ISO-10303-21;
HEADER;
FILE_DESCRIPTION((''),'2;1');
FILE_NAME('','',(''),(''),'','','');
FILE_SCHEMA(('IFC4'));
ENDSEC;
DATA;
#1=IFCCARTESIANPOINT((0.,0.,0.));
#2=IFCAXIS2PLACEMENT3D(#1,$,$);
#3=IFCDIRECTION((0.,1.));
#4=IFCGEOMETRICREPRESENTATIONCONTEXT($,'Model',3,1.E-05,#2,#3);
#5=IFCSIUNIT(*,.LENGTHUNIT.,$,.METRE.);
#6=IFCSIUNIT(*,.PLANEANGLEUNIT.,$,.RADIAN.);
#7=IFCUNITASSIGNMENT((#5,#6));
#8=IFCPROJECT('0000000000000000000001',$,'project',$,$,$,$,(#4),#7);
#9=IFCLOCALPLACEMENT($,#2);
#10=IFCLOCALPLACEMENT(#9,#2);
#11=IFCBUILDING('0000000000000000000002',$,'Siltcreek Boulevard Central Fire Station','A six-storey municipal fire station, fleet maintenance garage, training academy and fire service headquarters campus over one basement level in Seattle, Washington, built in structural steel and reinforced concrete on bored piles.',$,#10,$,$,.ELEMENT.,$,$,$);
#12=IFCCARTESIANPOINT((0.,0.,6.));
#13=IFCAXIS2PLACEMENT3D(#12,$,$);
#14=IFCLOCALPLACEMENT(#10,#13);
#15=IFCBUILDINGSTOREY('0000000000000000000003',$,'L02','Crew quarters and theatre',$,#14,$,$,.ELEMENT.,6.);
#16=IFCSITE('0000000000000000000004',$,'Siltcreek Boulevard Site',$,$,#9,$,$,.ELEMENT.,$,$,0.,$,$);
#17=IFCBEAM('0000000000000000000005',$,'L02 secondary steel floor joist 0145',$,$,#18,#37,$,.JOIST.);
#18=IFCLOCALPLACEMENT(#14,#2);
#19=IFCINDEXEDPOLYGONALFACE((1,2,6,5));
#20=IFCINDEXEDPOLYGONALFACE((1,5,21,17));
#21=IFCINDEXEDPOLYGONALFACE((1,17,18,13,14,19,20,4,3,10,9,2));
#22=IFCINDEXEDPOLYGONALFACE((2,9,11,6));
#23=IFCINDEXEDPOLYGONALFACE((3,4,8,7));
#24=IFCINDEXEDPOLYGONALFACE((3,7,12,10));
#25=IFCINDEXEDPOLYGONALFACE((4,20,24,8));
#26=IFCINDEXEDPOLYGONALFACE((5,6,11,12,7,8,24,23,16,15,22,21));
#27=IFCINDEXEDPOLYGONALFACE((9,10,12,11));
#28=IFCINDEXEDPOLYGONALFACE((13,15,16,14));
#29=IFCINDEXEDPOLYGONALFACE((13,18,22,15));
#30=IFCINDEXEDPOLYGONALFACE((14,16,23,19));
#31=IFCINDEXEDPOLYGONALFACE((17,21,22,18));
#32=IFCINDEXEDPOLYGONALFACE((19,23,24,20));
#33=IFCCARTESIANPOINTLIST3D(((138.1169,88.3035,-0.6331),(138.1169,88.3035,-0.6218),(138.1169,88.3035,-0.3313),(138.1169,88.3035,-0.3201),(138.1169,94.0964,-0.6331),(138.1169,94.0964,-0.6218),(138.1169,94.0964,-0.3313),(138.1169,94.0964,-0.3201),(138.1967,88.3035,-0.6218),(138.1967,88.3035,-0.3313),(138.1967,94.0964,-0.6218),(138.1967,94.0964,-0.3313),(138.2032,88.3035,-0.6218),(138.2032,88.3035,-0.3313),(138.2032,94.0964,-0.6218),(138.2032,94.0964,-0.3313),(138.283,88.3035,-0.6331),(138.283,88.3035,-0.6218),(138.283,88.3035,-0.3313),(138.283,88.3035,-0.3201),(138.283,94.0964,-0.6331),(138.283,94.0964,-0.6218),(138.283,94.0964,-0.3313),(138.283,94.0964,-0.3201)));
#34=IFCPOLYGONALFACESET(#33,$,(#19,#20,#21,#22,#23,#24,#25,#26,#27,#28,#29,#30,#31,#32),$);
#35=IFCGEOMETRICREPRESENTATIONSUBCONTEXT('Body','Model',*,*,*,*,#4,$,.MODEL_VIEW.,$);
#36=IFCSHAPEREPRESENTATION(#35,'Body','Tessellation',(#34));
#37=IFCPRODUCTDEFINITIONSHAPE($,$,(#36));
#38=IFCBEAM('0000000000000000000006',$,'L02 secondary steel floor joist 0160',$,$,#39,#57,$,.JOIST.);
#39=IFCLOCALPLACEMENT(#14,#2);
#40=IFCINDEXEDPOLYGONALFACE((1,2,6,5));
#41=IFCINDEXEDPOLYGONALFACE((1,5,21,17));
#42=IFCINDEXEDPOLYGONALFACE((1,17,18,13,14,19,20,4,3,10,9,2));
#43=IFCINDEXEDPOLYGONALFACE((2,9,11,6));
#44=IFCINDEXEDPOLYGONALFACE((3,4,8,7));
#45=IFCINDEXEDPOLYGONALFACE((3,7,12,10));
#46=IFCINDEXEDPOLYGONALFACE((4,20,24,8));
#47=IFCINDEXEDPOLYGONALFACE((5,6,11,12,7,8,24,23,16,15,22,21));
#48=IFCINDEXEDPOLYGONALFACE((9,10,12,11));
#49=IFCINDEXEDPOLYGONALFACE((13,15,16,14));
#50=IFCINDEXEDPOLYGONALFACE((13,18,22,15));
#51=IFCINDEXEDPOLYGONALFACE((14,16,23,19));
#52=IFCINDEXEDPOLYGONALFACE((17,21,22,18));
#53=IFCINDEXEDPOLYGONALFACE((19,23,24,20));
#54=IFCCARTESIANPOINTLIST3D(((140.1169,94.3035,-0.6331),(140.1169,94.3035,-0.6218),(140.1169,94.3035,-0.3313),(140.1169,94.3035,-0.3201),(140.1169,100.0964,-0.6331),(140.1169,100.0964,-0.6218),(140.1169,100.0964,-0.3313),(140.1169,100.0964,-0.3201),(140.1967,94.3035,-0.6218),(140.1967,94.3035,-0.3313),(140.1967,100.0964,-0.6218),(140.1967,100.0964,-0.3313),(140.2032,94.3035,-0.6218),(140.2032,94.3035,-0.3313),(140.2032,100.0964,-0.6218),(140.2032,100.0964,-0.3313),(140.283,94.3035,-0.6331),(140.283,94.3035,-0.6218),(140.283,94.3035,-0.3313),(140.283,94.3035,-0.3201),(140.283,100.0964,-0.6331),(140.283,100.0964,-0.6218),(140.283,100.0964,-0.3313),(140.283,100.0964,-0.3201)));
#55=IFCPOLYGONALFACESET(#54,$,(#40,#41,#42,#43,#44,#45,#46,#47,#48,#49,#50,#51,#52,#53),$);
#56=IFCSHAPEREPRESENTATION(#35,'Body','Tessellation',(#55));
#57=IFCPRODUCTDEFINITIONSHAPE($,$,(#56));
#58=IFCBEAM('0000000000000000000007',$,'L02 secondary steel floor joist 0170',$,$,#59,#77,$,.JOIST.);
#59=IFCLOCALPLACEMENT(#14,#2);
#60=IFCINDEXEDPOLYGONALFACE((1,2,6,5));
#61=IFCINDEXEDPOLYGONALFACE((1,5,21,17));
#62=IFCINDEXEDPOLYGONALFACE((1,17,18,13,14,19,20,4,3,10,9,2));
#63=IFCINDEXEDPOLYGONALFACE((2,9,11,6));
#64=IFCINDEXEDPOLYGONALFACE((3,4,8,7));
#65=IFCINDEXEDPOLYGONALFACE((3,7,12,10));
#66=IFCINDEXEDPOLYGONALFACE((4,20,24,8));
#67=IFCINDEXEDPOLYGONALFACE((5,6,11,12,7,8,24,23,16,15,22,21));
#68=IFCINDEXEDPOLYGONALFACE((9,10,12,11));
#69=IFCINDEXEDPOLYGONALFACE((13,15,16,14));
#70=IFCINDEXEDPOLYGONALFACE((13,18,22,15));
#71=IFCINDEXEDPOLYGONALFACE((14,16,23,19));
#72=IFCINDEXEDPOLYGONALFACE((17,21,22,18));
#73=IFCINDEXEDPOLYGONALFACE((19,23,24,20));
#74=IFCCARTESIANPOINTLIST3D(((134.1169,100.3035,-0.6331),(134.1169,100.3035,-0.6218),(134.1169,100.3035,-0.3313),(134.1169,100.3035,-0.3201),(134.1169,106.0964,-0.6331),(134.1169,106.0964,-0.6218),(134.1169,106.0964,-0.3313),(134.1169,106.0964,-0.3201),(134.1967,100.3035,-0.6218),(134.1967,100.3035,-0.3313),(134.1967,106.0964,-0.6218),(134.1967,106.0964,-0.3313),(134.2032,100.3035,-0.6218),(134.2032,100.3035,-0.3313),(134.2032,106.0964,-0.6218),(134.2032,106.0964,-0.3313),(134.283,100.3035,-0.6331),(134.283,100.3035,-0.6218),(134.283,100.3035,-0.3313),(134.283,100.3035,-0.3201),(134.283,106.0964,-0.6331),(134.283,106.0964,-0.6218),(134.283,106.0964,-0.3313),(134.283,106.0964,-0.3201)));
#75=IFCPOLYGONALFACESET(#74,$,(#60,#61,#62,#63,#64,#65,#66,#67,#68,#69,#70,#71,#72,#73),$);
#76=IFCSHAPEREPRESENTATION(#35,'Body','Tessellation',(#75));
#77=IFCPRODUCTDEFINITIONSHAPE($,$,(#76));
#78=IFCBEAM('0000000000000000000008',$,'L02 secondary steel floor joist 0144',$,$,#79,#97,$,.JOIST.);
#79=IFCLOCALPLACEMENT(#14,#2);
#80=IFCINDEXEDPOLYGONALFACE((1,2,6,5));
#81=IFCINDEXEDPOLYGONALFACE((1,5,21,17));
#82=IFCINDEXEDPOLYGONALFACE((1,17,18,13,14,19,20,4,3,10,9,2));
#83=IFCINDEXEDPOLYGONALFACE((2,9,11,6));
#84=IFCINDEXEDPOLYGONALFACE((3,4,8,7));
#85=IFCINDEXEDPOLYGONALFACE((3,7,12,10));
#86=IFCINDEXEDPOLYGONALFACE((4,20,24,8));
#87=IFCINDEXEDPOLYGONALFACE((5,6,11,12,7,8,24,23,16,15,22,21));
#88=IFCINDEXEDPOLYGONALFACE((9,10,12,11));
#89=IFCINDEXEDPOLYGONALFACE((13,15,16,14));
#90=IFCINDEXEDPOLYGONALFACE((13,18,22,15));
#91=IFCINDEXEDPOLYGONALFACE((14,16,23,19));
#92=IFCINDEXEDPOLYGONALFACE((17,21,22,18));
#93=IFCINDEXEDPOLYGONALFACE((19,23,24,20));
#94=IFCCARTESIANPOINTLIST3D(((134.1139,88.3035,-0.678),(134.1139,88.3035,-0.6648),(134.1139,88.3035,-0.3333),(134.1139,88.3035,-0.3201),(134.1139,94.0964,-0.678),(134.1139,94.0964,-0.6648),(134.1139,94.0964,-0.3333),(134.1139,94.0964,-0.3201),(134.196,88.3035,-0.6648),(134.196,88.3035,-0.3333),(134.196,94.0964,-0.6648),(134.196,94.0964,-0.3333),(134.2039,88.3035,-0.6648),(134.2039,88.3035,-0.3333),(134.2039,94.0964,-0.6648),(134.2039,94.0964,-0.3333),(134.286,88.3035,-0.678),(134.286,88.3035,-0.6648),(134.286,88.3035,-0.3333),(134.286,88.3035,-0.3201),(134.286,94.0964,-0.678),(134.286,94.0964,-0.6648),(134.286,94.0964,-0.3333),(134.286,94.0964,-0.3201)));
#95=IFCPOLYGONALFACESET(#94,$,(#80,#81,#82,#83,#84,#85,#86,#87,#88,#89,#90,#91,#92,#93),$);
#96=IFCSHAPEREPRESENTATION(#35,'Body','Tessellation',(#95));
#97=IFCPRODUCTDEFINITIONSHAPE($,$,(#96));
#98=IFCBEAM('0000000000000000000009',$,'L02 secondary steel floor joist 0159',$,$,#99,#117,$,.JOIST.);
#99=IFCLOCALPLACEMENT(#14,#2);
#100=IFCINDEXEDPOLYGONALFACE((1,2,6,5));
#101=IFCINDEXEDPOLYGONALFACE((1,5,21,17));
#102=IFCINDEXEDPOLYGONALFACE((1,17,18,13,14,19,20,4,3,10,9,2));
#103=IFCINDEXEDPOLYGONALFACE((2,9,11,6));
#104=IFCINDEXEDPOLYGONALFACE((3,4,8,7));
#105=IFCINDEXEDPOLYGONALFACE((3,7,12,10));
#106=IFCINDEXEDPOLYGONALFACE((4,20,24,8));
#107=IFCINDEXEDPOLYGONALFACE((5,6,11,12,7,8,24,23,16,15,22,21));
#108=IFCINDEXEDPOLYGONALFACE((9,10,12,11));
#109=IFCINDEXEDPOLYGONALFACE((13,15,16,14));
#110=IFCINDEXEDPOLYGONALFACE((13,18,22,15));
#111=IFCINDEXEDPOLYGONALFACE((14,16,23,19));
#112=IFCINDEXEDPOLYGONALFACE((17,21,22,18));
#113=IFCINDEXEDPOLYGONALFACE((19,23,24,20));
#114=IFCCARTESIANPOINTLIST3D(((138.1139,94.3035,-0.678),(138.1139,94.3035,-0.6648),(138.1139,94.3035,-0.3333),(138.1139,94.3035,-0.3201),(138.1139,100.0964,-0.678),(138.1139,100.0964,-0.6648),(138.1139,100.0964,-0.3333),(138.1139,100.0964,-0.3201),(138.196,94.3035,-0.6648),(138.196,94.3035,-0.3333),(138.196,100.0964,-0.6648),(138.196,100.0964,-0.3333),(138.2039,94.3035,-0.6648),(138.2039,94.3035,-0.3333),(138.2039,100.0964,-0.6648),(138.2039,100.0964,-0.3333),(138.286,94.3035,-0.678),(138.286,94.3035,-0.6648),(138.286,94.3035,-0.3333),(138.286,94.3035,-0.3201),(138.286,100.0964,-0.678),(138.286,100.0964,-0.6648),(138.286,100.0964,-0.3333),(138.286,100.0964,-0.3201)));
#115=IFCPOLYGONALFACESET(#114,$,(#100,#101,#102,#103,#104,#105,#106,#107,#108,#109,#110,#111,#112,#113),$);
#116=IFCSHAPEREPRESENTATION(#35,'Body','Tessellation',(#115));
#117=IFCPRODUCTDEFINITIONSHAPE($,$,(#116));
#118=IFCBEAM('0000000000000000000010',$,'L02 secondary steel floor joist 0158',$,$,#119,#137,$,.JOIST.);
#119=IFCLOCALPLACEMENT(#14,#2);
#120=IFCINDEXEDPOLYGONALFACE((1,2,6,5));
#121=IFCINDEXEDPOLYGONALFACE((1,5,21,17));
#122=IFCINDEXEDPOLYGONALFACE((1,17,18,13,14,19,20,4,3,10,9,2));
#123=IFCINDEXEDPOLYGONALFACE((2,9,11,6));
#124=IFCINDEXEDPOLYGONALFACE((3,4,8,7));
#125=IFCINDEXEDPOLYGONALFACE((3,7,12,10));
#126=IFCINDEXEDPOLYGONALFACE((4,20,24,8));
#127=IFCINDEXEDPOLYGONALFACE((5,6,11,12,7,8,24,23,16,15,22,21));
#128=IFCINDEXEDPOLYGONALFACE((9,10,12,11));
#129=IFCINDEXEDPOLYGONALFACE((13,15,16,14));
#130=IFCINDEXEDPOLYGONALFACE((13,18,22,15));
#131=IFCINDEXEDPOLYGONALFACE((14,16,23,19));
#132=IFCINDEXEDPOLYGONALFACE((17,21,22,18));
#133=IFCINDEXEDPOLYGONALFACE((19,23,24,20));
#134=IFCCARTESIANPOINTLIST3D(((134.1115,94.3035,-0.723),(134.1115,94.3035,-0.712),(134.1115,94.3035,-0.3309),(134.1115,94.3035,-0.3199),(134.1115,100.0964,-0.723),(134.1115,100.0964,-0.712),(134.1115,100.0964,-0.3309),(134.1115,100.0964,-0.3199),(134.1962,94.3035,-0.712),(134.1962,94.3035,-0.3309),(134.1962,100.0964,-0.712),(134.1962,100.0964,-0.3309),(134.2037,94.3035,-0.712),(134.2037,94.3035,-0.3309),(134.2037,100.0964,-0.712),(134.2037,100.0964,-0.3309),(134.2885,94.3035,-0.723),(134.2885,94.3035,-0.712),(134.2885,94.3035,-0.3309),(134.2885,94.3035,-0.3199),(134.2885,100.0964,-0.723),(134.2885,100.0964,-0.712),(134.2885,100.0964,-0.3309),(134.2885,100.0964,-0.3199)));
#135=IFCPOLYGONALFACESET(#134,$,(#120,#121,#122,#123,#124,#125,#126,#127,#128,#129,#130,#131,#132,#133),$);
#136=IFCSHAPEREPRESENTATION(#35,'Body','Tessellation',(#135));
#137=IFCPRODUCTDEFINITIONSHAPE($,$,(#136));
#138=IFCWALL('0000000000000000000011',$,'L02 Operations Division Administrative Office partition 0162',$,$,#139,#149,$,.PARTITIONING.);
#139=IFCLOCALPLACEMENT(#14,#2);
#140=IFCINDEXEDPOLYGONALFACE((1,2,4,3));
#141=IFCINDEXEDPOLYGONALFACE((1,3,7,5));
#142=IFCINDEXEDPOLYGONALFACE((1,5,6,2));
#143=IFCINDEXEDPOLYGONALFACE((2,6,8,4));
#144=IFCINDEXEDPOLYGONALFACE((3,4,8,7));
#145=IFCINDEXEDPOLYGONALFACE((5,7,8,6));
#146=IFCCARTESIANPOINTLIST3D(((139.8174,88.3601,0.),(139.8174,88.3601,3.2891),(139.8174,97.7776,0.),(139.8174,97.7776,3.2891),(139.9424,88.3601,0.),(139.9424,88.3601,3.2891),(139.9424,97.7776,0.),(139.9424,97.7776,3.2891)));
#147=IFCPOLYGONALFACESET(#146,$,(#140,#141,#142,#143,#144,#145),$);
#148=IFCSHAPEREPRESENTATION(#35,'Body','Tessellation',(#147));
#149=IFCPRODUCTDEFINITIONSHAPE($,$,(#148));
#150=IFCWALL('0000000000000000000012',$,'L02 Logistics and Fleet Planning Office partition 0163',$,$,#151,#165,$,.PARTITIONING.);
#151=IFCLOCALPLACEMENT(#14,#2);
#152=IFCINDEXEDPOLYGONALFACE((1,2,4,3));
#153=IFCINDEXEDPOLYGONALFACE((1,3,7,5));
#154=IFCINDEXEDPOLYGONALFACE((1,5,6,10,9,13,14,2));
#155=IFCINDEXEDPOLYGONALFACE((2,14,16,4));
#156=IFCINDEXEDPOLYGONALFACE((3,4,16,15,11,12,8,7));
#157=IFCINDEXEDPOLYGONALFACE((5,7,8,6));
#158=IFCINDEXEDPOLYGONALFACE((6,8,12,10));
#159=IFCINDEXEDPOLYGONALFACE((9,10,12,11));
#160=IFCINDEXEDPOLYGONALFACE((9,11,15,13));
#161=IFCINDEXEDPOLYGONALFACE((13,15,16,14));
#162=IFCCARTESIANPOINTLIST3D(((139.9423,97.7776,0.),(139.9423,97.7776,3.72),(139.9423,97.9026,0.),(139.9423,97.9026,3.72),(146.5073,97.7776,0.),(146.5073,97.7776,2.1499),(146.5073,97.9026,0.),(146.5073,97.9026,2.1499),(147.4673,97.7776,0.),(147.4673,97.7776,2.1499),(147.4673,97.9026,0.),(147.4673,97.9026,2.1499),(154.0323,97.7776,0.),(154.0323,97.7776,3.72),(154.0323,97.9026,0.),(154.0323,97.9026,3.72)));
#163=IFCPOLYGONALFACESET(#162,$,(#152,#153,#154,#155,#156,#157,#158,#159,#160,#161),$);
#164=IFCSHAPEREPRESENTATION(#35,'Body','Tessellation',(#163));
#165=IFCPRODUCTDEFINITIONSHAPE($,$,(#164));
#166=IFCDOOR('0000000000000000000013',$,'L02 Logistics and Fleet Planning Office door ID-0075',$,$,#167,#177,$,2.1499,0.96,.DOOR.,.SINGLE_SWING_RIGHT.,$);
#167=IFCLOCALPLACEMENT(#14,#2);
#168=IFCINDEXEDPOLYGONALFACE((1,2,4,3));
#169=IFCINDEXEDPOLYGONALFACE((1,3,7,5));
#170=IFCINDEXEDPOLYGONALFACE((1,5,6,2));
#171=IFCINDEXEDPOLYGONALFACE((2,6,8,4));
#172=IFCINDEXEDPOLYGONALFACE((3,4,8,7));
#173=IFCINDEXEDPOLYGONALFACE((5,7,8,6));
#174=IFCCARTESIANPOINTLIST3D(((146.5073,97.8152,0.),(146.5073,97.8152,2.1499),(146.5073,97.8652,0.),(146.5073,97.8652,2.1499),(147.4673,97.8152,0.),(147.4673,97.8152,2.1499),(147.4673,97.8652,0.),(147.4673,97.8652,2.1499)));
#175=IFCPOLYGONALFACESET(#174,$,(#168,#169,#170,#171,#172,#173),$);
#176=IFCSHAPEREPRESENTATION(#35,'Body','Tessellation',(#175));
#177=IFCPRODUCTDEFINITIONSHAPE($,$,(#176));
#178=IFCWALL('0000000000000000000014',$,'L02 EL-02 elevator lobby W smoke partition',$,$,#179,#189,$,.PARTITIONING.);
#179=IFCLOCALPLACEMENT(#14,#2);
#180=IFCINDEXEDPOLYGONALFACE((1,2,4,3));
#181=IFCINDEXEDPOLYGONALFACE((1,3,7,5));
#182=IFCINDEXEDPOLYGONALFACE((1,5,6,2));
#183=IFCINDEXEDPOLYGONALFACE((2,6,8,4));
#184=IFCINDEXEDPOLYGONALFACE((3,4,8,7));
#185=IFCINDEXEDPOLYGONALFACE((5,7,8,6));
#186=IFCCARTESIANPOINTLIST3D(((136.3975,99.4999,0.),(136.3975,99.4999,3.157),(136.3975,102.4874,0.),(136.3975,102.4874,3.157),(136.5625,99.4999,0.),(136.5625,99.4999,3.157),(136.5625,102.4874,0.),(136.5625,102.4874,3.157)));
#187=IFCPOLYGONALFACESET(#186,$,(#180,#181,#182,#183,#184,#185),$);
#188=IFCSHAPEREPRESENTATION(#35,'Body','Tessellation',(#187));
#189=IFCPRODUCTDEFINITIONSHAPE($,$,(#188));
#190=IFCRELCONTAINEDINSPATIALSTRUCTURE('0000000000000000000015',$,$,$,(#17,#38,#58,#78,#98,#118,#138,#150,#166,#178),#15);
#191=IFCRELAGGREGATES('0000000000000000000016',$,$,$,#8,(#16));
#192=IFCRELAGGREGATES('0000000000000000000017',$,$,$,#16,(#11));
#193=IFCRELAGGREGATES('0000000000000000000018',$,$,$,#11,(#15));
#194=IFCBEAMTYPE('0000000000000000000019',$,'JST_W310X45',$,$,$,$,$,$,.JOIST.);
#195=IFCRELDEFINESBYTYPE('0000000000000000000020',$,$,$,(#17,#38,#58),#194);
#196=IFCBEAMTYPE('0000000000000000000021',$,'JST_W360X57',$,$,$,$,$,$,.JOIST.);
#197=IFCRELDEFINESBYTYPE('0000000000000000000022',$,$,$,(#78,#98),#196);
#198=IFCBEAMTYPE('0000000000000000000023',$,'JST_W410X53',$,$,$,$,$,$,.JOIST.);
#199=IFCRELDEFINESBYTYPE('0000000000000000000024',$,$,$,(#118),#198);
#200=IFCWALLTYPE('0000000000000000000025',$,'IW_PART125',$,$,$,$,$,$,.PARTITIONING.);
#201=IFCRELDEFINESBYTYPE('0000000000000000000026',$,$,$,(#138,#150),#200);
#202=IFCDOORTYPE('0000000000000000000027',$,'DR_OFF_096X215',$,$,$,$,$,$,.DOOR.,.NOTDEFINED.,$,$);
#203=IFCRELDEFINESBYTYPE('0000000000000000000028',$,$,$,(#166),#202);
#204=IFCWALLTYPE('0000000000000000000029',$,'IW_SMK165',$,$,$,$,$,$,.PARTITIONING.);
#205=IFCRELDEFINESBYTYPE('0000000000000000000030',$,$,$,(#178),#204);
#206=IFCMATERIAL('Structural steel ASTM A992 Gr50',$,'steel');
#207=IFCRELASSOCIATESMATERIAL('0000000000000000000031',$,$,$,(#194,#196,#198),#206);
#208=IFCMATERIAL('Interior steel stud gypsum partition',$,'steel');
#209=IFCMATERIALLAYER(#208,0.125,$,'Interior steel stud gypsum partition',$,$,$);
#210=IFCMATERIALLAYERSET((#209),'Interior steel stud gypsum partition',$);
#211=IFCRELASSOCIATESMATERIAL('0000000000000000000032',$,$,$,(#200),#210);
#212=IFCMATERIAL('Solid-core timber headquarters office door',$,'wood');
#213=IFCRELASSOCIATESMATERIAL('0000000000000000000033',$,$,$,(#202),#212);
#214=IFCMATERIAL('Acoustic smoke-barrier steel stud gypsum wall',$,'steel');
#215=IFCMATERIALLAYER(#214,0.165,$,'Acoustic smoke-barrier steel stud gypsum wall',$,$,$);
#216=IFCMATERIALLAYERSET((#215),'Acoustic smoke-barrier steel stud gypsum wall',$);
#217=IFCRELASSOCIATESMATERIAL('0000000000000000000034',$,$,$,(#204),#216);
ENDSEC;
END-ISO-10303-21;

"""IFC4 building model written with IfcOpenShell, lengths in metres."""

from ifc_helpers import new_model, si_unit, direction, frame, frame_2d, origin, origin_2d, place, context, subcontext, project, spatial, rectangle, i_section, extrude, material, layer, layer_set, material_profile, profile_set, type_object, element, fill, save


model = new_model("IFC4")

# Units and contexts
model_context = context("Model", 3, precision=1e-05, world=origin(), true_north=direction((0.0, 1.0)))
body_context = subcontext(model_context, "Body", "Model", "MODEL_VIEW")
ifc_project = project(units=[si_unit("LENGTHUNIT", "METRE"), si_unit("PLANEANGLEUNIT", "RADIAN")], contexts=[model_context])

# Site, building, storey
site_placement = place(None, origin())
site = spatial("IfcSite", under=ifc_project, at=site_placement, Name="Siltcreek Boulevard Site", CompositionType="ELEMENT", RefElevation=0.0)
building_placement = place(site_placement, origin())
building = spatial("IfcBuilding", under=site, at=building_placement, Name="Siltcreek Boulevard Central Fire Station", Description="A six-storey municipal fire station, fleet maintenance garage, training academy and fire service headquarters campus over one basement level in Seattle, Washington, built in structural steel and reinforced concrete on bored piles.", CompositionType="ELEMENT")
storey_placement = place(building_placement, frame((0.0, 0.0, 6.0)))
storey = spatial("IfcBuildingStorey", under=building, at=storey_placement, Name="L02", Description="Crew quarters and theatre", CompositionType="ELEMENT", Elevation=6.0)

# Shared definitions
ifc_material_1 = material(Name="Structural steel ASTM A992 Gr50", Category="steel")

# Beams
ifc_material_profile_1 = material_profile(ifc_material_1, i_section(OverallWidth=0.166, OverallDepth=0.313, WebThickness=0.0066, FlangeThickness=0.0112, at=origin_2d()), Name="W310X45")
ifc_profile_set_1 = profile_set([ifc_material_profile_1], Name="Structural steel ASTM A992 Gr50")
beam_type_1 = type_object("IfcBeamType", Name="JST_W310X45", PredefinedType="JOIST", material=ifc_profile_set_1)
for number, where, z_axis, x_axis, name in (
    (1, (138.2, 88.3035, -0.4766), (0.0, 1.0, 0.0), (-1.0, 0.0, 0.0), "L02 secondary steel floor joist 0145"),
    (2, (140.2, 94.3035, -0.4766), (0.0, 1.0, 0.0), (-1.0, 0.0, 0.0), "L02 secondary steel floor joist 0160"),
    (3, (134.2, 100.3035, -0.4766), (0.0, 1.0, 0.0), (-1.0, 0.0, 0.0), "L02 secondary steel floor joist 0170"),
):
    element("IfcBeam", number, at=place(storey_placement, frame(where, z_axis=z_axis, x_axis=x_axis)), inside=storey, type_object=beam_type_1, Name=name, PredefinedType="JOIST", context=body_context, shape_type="SweptSolid", body=[
        extrude(i_section(OverallWidth=0.166, OverallDepth=0.313, WebThickness=0.0066, FlangeThickness=0.0112, at=origin_2d()), origin(), (0.0, 0.0, 1.0), 5.793),
    ])
ifc_material_profile_2 = material_profile(ifc_material_1, i_section(OverallWidth=0.1721, OverallDepth=0.3579, WebThickness=0.0078, FlangeThickness=0.0132, at=origin_2d()), Name="W360X57")
ifc_profile_set_2 = profile_set([ifc_material_profile_2], Name="Structural steel ASTM A992 Gr50")
beam_type_2 = type_object("IfcBeamType", Name="JST_W360X57", PredefinedType="JOIST", material=ifc_profile_set_2)
for number, where, z_axis, x_axis, name in (
    (4, (134.2, 88.3035, -0.499), (0.0, 1.0, 0.0), (-1.0, 0.0, 0.0), "L02 secondary steel floor joist 0144"),
    (5, (138.2, 94.3035, -0.499), (0.0, 1.0, 0.0), (-1.0, 0.0, 0.0), "L02 secondary steel floor joist 0159"),
):
    element("IfcBeam", number, at=place(storey_placement, frame(where, z_axis=z_axis, x_axis=x_axis)), inside=storey, type_object=beam_type_2, Name=name, PredefinedType="JOIST", context=body_context, shape_type="SweptSolid", body=[
        extrude(i_section(OverallWidth=0.1721, OverallDepth=0.3579, WebThickness=0.0078, FlangeThickness=0.0132, at=origin_2d()), origin(), (0.0, 0.0, 1.0), 5.793),
    ])
ifc_material_profile_3 = material_profile(ifc_material_1, i_section(OverallWidth=0.177, OverallDepth=0.4031, WebThickness=0.0076, FlangeThickness=0.011, at=origin_2d()), Name="W410X53")
ifc_profile_set_3 = profile_set([ifc_material_profile_3], Name="Structural steel ASTM A992 Gr50")
beam_type_3 = type_object("IfcBeamType", Name="JST_W410X53", PredefinedType="JOIST", material=ifc_profile_set_3)
beam_placement = place(storey_placement, frame((134.2, 94.3035, -0.5215), z_axis=(0.0, 1.0, 0.0), x_axis=(-1.0, 0.0, 0.0)))
element("IfcBeam", 6, at=beam_placement, inside=storey, type_object=beam_type_3, Name="L02 secondary steel floor joist 0158", PredefinedType="JOIST", context=body_context, shape_type="SweptSolid", body=[
    extrude(i_section(OverallWidth=0.177, OverallDepth=0.4031, WebThickness=0.0076, FlangeThickness=0.011, at=origin_2d()), origin(), (0.0, 0.0, 1.0), 5.793),
])

# Wall
ifc_material_2 = material(Name="Interior steel stud gypsum partition", Category="steel")
ifc_layer_1 = layer(ifc_material_2, 0.125, Name="Interior steel stud gypsum partition")
ifc_layer_set_1 = layer_set([ifc_layer_1], Name="Interior steel stud gypsum partition")
wall_type_1 = type_object("IfcWallType", Name="IW_PART125", PredefinedType="PARTITIONING", material=ifc_layer_set_1)
wall_1_placement = place(storey_placement, frame((139.8799, 97.7776, 0.0), z_axis=(0.0, 0.0, 1.0), x_axis=(0.0, -1.0, 0.0)))
element("IfcWall", 7, at=wall_1_placement, inside=storey, type_object=wall_type_1, Name="L02 Operations Division Administrative Office partition 0162", PredefinedType="PARTITIONING", context=body_context, shape_type="SweptSolid", body=[
    extrude(rectangle(XDim=9.4175, YDim=0.125, at=frame_2d((4.7087, 0.0))), origin(), (0.0, 0.0, 1.0), 3.2891),
])

# Wall, opening, door
wall_2_placement = place(storey_placement, frame((139.9424, 97.8401, 0.0), z_axis=(0.0, 0.0, 1.0), x_axis=(1.0, 0.0, 0.0)))
wall_2 = element("IfcWall", 8, at=wall_2_placement, inside=storey, type_object=wall_type_1, Name="L02 Logistics and Fleet Planning Office partition 0163", PredefinedType="PARTITIONING", context=body_context, shape_type="SweptSolid", body=[
    extrude(rectangle(XDim=14.0901, YDim=0.125, at=frame_2d((7.0449, 0.0))), origin(), (0.0, 0.0, 1.0), 3.72),
])
opening_1_placement = place(wall_2_placement, frame((6.5649, 0.0, 0.0)))
opening_1 = element("IfcOpeningElement", 9, at=opening_1_placement, cuts=wall_2, PredefinedType="OPENING", context=body_context, shape_type="SweptSolid", body=[
    extrude(rectangle(XDim=0.96, YDim=2.1499, at=frame_2d((0.48, 1.075))), frame((0.0, 0.0725, 0.0), z_axis=(0.0, -1.0, 0.0), x_axis=(1.0, 0.0, 0.0)), (0.0, 0.0, 1.0), 0.145),
])
ifc_material_3 = material(Name="Solid-core timber headquarters office door", Category="wood")
door_type_1 = type_object("IfcDoorType", Name="DR_OFF_096X215", OperationType="NOTDEFINED", PredefinedType="DOOR", material=ifc_material_3)
door_1_placement = place(opening_1_placement, frame((0.96, 0.0, 0.0), z_axis=(0.0, 0.0, 1.0), x_axis=(-1.0, 0.0, 0.0)))
door_1 = element("IfcDoor", 10, at=door_1_placement, inside=storey, type_object=door_type_1, Name="L02 Logistics and Fleet Planning Office door ID-0075", OperationType="SINGLE_SWING_RIGHT", OverallHeight=2.1499, OverallWidth=0.96, PredefinedType="DOOR", context=body_context, shape_type="SweptSolid", body=[
    extrude(rectangle(XDim=0.96, YDim=2.1499, at=frame_2d((0.48, 1.075))), frame((0.0, 0.0249, 0.0), z_axis=(0.0, -1.0, 0.0), x_axis=(1.0, 0.0, 0.0)), (0.0, 0.0, 1.0), 0.05),
])
fill(opening_1, door_1)

# Wall
ifc_material_4 = material(Name="Acoustic smoke-barrier steel stud gypsum wall", Category="steel")
ifc_layer_2 = layer(ifc_material_4, 0.165, Name="Acoustic smoke-barrier steel stud gypsum wall")
ifc_layer_set_2 = layer_set([ifc_layer_2], Name="Acoustic smoke-barrier steel stud gypsum wall")
wall_type_2 = type_object("IfcWallType", Name="IW_SMK165", PredefinedType="PARTITIONING", material=ifc_layer_set_2)
wall_3_placement = place(storey_placement, frame((136.48, 99.5, 0.0), z_axis=(0.0, 0.0, 1.0), x_axis=(0.0, 1.0, 0.0)))
element("IfcWall", 11, at=wall_3_placement, inside=storey, type_object=wall_type_2, Name="L02 EL-02 elevator lobby W smoke partition", PredefinedType="PARTITIONING", context=body_context, shape_type="SweptSolid", body=[
    extrude(rectangle(XDim=2.9875, YDim=0.165, at=frame_2d((1.4937, 0.0))), origin(), (0.0, 0.0, 1.0), 3.157),
])

save(model, "model.ifc")
